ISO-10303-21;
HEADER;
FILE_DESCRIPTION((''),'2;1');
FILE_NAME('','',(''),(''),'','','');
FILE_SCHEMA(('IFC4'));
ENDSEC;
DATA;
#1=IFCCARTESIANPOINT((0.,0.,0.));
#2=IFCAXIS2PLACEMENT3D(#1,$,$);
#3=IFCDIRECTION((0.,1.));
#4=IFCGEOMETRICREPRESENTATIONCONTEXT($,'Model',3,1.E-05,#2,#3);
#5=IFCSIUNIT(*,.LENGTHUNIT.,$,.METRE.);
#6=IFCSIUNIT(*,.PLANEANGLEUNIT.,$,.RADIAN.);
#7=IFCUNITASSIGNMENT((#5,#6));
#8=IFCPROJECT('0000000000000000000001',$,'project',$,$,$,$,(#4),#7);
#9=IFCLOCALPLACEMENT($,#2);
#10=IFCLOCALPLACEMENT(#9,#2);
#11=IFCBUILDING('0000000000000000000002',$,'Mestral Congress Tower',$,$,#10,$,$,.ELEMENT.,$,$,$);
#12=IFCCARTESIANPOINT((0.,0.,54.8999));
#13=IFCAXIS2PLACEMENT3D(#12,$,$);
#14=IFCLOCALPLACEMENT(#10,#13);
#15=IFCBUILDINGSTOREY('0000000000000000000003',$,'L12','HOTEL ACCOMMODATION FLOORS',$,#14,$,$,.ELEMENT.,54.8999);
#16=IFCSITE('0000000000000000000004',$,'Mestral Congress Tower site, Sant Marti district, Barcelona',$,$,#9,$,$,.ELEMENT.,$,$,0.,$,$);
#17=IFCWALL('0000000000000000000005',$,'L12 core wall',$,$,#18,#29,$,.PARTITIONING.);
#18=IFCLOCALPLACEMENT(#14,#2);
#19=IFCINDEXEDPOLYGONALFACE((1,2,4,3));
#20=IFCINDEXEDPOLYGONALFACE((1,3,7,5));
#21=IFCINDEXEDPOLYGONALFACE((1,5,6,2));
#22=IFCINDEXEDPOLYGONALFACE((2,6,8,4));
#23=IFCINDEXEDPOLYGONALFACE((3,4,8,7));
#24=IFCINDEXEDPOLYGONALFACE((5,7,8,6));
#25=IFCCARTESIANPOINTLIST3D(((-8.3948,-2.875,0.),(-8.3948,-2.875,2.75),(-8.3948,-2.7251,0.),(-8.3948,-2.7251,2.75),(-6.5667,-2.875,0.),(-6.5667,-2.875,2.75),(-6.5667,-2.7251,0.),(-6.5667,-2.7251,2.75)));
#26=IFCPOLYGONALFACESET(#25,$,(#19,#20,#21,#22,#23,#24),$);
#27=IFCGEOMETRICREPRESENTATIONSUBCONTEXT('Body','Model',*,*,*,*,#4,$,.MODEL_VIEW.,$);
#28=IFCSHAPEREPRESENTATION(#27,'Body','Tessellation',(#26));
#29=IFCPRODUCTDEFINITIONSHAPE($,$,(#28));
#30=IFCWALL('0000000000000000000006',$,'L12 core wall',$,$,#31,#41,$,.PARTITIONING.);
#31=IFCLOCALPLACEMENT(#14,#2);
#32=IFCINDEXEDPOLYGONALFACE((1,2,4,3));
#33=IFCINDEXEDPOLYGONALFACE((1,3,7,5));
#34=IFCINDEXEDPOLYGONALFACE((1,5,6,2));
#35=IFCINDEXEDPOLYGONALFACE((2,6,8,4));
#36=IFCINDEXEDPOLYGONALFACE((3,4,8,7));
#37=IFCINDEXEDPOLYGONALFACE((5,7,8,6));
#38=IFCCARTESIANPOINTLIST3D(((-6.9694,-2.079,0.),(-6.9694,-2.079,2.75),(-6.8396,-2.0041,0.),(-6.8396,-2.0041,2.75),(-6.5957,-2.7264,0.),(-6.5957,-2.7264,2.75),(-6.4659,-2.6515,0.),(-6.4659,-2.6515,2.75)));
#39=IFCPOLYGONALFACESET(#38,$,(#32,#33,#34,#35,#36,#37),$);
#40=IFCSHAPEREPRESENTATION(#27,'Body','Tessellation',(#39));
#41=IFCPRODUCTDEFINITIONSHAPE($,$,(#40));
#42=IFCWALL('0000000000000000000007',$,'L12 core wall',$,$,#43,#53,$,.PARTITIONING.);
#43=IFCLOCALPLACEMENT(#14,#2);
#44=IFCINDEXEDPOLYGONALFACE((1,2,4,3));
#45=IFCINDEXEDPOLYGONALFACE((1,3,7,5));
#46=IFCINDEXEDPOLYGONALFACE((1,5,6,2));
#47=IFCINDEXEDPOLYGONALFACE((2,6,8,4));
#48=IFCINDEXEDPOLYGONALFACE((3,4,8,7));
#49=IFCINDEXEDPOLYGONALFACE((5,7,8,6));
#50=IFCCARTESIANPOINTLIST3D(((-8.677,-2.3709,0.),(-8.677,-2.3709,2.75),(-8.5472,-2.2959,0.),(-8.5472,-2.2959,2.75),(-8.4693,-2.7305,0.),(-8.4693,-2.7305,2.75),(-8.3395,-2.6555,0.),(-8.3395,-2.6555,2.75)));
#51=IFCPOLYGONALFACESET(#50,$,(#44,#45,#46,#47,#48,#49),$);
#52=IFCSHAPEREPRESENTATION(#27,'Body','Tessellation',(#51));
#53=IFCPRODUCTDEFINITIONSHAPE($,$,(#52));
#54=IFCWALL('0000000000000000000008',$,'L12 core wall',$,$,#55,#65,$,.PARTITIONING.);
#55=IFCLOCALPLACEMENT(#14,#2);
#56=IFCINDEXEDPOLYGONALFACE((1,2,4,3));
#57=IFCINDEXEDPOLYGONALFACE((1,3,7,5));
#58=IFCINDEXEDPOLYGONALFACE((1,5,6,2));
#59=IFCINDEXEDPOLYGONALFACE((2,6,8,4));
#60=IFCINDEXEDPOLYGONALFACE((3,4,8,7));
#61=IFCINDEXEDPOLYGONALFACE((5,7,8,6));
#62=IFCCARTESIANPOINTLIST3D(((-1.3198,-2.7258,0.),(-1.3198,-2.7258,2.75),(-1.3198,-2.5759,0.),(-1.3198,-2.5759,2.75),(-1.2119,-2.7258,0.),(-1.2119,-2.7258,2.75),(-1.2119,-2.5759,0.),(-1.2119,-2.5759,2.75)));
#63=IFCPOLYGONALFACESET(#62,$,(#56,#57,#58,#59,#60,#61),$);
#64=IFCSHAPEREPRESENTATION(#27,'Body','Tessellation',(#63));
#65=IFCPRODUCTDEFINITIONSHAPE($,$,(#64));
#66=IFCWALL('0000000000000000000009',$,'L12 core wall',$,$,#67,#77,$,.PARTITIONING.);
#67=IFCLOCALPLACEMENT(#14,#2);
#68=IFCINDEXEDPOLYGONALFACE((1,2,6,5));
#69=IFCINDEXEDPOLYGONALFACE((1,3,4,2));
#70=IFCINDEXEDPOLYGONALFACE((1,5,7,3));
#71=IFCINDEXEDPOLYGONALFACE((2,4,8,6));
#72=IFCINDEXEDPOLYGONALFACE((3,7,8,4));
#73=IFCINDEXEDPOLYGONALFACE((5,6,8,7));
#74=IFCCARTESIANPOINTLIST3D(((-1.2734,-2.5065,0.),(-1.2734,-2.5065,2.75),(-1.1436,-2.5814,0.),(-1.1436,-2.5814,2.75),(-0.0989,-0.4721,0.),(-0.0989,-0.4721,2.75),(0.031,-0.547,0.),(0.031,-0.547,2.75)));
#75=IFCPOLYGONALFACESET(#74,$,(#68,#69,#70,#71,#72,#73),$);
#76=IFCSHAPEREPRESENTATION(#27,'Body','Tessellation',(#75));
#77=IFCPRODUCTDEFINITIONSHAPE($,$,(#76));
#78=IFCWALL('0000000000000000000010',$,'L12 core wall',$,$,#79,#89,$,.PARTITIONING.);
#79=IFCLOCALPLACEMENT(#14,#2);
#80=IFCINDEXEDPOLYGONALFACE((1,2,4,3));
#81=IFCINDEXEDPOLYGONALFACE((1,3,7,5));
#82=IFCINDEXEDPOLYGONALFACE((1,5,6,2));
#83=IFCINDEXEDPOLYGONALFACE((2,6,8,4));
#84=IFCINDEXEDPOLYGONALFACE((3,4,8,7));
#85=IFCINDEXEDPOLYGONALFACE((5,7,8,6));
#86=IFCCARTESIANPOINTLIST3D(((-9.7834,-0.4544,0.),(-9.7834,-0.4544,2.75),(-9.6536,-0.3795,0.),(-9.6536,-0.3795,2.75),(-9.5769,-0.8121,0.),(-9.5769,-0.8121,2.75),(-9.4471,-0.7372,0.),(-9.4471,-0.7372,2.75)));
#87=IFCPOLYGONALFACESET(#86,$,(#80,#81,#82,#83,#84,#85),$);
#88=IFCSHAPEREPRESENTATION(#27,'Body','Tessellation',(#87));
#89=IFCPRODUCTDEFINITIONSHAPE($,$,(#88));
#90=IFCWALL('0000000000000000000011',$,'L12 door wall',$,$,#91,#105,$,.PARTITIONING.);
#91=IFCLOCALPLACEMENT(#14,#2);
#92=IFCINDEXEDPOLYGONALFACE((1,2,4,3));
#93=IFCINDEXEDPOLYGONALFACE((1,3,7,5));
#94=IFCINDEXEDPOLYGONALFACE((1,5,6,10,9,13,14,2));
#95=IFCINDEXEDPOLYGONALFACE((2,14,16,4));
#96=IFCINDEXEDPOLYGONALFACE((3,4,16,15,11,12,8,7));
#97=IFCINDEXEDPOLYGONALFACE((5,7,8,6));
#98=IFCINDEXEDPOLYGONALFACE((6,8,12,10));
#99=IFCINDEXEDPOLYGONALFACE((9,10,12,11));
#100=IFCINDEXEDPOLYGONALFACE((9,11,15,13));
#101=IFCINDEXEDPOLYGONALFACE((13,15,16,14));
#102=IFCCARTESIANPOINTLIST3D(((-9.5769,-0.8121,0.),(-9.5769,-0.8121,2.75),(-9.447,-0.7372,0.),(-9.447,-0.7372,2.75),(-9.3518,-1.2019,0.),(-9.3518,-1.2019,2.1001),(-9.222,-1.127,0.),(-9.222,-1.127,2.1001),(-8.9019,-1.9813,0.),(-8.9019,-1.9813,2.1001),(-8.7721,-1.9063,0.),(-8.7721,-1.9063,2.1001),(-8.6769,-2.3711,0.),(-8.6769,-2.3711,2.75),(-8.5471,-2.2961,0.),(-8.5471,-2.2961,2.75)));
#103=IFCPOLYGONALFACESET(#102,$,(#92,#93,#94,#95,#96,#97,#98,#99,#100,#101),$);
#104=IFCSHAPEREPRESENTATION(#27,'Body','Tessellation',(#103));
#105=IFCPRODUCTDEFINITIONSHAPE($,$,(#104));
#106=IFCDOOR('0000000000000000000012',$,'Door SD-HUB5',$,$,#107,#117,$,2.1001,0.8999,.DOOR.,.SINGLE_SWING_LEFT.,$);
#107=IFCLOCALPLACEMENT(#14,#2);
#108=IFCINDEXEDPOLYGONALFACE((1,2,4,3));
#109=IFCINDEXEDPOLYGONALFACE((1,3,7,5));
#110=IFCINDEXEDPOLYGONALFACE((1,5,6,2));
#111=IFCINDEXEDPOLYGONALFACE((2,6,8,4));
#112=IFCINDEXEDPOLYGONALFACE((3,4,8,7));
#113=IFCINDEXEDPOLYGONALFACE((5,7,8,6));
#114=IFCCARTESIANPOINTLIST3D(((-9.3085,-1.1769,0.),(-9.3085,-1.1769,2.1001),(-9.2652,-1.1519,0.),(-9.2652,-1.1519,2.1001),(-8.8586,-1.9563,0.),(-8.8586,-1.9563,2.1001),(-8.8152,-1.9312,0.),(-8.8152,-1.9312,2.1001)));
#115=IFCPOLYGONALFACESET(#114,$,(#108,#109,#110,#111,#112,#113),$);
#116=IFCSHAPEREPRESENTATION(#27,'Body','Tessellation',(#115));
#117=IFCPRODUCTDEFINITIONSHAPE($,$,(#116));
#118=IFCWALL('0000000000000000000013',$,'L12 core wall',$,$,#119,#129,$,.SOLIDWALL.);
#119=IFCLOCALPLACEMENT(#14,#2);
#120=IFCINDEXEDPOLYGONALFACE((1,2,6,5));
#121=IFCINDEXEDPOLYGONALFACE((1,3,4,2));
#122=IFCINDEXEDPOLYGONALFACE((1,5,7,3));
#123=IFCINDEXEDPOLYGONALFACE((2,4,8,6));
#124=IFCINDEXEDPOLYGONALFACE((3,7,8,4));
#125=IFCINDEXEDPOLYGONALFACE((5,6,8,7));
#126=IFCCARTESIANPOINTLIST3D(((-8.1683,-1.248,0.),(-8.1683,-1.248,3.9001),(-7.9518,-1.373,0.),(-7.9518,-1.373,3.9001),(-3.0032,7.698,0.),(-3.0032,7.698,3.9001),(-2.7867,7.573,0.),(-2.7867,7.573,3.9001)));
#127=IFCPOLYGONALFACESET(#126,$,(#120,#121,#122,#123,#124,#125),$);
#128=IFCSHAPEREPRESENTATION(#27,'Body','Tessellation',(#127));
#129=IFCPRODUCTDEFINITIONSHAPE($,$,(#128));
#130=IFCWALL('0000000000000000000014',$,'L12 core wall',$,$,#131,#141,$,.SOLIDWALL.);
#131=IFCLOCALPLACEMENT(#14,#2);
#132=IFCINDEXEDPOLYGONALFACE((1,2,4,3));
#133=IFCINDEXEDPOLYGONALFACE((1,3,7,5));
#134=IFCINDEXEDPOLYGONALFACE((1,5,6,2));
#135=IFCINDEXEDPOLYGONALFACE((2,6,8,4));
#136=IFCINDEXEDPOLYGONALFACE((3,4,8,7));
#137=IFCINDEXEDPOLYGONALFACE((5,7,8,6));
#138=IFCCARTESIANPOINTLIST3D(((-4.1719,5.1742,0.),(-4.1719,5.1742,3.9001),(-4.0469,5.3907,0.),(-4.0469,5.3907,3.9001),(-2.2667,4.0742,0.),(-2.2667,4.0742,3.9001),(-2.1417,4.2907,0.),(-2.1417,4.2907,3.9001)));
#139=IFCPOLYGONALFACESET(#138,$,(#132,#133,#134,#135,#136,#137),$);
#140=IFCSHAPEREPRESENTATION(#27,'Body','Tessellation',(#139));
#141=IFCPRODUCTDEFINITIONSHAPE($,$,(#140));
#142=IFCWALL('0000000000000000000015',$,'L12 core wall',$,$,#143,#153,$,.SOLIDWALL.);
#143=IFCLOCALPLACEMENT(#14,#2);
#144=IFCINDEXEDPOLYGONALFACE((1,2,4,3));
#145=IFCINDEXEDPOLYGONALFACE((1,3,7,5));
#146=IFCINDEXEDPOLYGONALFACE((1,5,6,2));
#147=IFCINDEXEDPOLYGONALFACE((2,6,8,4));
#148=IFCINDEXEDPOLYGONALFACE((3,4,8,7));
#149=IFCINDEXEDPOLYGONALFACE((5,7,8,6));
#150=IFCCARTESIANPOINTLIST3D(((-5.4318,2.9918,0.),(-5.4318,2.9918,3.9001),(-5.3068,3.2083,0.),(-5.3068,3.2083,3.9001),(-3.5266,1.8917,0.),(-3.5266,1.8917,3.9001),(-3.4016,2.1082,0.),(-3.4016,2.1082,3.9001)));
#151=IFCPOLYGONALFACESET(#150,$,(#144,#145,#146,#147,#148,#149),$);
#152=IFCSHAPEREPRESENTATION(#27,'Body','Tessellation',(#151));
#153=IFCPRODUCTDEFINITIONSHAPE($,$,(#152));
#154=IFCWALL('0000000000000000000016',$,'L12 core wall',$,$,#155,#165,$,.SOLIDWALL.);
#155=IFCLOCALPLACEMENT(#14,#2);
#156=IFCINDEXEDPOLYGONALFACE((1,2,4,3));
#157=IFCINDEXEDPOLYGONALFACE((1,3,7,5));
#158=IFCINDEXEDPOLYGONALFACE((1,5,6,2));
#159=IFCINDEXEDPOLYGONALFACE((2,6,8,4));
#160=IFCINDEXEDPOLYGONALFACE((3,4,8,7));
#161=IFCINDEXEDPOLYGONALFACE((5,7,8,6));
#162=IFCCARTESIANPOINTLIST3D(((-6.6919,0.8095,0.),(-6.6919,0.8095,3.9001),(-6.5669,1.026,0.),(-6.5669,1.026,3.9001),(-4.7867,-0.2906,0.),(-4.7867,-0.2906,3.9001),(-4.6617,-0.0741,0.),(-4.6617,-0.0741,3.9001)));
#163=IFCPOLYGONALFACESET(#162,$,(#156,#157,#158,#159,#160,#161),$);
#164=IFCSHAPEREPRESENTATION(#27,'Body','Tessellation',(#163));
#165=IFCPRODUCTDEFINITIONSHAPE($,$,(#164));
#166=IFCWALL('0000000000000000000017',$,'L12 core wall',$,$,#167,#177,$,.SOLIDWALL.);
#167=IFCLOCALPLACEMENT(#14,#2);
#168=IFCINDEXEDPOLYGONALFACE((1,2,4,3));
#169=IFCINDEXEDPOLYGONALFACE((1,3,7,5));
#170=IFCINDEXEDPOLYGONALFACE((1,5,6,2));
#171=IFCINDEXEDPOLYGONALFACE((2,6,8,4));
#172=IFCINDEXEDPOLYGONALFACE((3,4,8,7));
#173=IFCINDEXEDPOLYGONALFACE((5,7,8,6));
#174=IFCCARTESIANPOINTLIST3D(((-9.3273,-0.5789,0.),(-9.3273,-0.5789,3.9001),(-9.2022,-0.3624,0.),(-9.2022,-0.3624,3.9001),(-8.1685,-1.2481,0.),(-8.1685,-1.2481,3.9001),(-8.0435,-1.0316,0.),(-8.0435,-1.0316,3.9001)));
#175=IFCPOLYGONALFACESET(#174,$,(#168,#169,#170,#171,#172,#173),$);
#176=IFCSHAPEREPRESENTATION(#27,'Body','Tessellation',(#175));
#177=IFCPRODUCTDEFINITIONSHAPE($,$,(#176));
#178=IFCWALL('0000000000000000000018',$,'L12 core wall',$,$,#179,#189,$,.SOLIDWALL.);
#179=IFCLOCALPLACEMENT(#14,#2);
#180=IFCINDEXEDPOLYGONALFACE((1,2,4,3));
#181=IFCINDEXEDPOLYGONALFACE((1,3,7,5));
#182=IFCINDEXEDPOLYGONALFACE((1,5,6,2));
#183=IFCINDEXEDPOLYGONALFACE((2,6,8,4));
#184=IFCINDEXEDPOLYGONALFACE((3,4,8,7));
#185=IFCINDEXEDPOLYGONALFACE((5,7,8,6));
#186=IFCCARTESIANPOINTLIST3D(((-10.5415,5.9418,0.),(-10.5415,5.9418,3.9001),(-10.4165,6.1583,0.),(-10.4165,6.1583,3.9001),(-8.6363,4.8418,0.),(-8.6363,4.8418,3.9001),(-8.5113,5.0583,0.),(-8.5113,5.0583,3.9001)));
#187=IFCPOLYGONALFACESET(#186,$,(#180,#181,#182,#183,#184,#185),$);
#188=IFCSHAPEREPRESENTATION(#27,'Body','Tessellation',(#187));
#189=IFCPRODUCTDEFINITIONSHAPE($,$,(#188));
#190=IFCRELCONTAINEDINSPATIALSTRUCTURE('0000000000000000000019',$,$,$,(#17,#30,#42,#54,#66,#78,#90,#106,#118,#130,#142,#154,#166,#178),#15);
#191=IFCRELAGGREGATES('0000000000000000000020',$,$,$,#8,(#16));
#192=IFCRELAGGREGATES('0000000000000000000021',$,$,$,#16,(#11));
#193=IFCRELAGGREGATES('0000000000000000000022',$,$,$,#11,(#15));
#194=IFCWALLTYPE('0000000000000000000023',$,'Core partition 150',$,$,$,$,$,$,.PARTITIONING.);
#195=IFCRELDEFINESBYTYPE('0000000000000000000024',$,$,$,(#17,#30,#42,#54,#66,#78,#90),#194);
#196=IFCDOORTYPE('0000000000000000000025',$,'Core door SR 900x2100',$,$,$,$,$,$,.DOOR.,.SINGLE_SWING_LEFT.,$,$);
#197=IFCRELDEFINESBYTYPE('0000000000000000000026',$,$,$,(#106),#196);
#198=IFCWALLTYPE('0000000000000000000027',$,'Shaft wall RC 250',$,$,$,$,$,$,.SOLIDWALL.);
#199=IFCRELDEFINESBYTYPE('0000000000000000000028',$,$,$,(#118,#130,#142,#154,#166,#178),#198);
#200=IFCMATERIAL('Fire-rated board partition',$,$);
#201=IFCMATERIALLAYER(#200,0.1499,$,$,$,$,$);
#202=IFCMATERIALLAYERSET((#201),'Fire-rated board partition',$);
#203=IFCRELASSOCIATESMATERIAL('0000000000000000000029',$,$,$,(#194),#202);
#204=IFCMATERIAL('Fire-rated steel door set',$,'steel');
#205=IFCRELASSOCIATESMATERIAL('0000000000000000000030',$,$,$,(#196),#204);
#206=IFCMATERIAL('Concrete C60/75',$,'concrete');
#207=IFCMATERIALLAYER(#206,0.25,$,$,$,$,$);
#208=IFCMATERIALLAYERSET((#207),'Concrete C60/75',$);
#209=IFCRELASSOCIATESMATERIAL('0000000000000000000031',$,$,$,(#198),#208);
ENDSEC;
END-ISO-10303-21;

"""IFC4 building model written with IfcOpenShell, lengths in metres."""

from ifc_helpers import new_model, si_unit, direction, frame, frame_2d, origin, place, context, subcontext, project, spatial, rectangle, extrude, material, layer, layer_set, type_object, element, fill, save


model = new_model("IFC4")

# Units and contexts
model_context = context("Model", 3, precision=1e-05, world=origin(), true_north=direction((0.0, 1.0)))
body_context = subcontext(model_context, "Body", "Model", "MODEL_VIEW")
ifc_project = project(units=[si_unit("LENGTHUNIT", "METRE"), si_unit("PLANEANGLEUNIT", "RADIAN")], contexts=[model_context])

# Site, building, storey
site_placement = place(None, origin())
site = spatial("IfcSite", under=ifc_project, at=site_placement, Name="Mestral Congress Tower site, Sant Marti district, Barcelona", CompositionType="ELEMENT", RefElevation=0.0)
building_placement = place(site_placement, origin())
building = spatial("IfcBuilding", under=site, at=building_placement, Name="Mestral Congress Tower", CompositionType="ELEMENT")
storey_placement = place(building_placement, frame((0.0, 0.0, 54.8999)))
storey = spatial("IfcBuildingStorey", under=building, at=storey_placement, Name="L12", Description="HOTEL ACCOMMODATION FLOORS", CompositionType="ELEMENT", Elevation=54.8999)

# Walls
ifc_material_1 = material(Name="Fire-rated board partition")
ifc_layer_1 = layer(ifc_material_1, 0.1499)
ifc_layer_set_1 = layer_set([ifc_layer_1], Name="Fire-rated board partition")
wall_type_1 = type_object("IfcWallType", Name="Core partition 150", PredefinedType="PARTITIONING", material=ifc_layer_set_1)
wall_1_placement = place(storey_placement, frame((-8.3948, -2.8, 0.0), z_axis=(0.0, 0.0, 1.0), x_axis=(1.0, 0.0, 0.0)))
element("IfcWall", 1, at=wall_1_placement, inside=storey, type_object=wall_type_1, Name="L12 core wall", PredefinedType="PARTITIONING", context=body_context, shape_type="SweptSolid", body=[
    extrude(rectangle(XDim=1.8281, YDim=0.1499, at=frame_2d((0.9141, 0.0))), origin(), (0.0, 0.0, 1.0), 2.75),
])
wall_2_placement = place(storey_placement, frame((-6.5308, -2.689, 0.0), z_axis=(0.0, 0.0, 1.0), x_axis=(-0.499967, 0.866044, 0.0)))
element("IfcWall", 2, at=wall_2_placement, inside=storey, type_object=wall_type_1, Name="L12 core wall", PredefinedType="PARTITIONING", context=body_context, shape_type="SweptSolid", body=[
    extrude(rectangle(XDim=0.7476, YDim=0.1499, at=frame_2d((0.3738, 0.0))), origin(), (0.0, 0.0, 1.0), 2.75),
])
wall_3_placement = place(storey_placement, frame((-8.6121, -2.3335, 0.0), z_axis=(0.0, 0.0, 1.0), x_axis=(0.500248, -0.865882, 0.0)))
element("IfcWall", 3, at=wall_3_placement, inside=storey, type_object=wall_type_1, Name="L12 core wall", PredefinedType="PARTITIONING", context=body_context, shape_type="SweptSolid", body=[
    extrude(rectangle(XDim=0.4153, YDim=0.1499, at=frame_2d((0.2075, 0.0))), origin(), (0.0, 0.0, 1.0), 2.75),
])
wall_4_placement = place(storey_placement, frame((-1.2119, -2.6509, 0.0), z_axis=(0.0, 0.0, 1.0), x_axis=(-1.0, 0.0, 0.0)))
element("IfcWall", 4, at=wall_4_placement, inside=storey, type_object=wall_type_1, Name="L12 core wall", PredefinedType="PARTITIONING", context=body_context, shape_type="SweptSolid", body=[
    extrude(rectangle(XDim=0.1079, YDim=0.1499, at=frame_2d((0.054, 0.0))), origin(), (0.0, 0.0, 1.0), 2.75),
])
wall_5_placement = place(storey_placement, frame((-1.2085, -2.5439, 0.0), z_axis=(0.0, 0.0, 1.0), x_axis=(0.499995, 0.866028, 0.0)))
element("IfcWall", 5, at=wall_5_placement, inside=storey, type_object=wall_type_1, Name="L12 core wall", PredefinedType="PARTITIONING", context=body_context, shape_type="SweptSolid", body=[
    extrude(rectangle(XDim=2.3491, YDim=0.1499, at=frame_2d((1.1746, 0.0))), origin(), (0.0, 0.0, 1.0), 2.75),
])
wall_6_placement = place(storey_placement, frame((-9.512, -0.7747, 0.0), z_axis=(0.0, 0.0, 1.0), x_axis=(-0.500081, 0.865979, 0.0)))
element("IfcWall", 6, at=wall_6_placement, inside=storey, type_object=wall_type_1, Name="L12 core wall", PredefinedType="PARTITIONING", context=body_context, shape_type="SweptSolid", body=[
    extrude(rectangle(XDim=0.4131, YDim=0.1499, at=frame_2d((0.2065, 0.0))), origin(), (0.0, 0.0, 1.0), 2.75),
])

# Wall, opening, door
wall_7_placement = place(storey_placement, frame((-8.6121, -2.3335, 0.0), z_axis=(0.0, 0.0, 1.0), x_axis=(-0.499961, 0.866048, 0.0)))
wall_7 = element("IfcWall", 7, at=wall_7_placement, inside=storey, type_object=wall_type_1, Name="L12 door wall", PredefinedType="PARTITIONING", context=body_context, shape_type="SweptSolid", body=[
    extrude(rectangle(XDim=1.8, YDim=0.1499, at=frame_2d((0.8999, 0.0))), origin(), (0.0, 0.0, 1.0), 2.75),
])
opening_placement = place(wall_7_placement, frame((0.45, 0.0, 0.0)))
opening = element("IfcOpeningElement", 8, at=opening_placement, cuts=wall_7, PredefinedType="OPENING", context=body_context, shape_type="SweptSolid", body=[
    extrude(rectangle(XDim=0.8999, YDim=2.1001, at=frame_2d((0.45, 1.05))), frame((0.0, 0.085, 0.0), z_axis=(0.0, -1.0, 0.0), x_axis=(1.0, 0.0, 0.0)), (0.0, 0.0, 1.0), 0.1699),
])
ifc_material_2 = material(Name="Fire-rated steel door set", Category="steel")
door_type = type_object("IfcDoorType", Name="Core door SR 900x2100", OperationType="SINGLE_SWING_LEFT", PredefinedType="DOOR", material=ifc_material_2)
door_placement = place(opening_placement, origin())
door = element("IfcDoor", 9, at=door_placement, inside=storey, type_object=door_type, Name="Door SD-HUB5", OperationType="SINGLE_SWING_LEFT", OverallHeight=2.1001, OverallWidth=0.8999, PredefinedType="DOOR", context=body_context, shape_type="SweptSolid", body=[
    extrude(rectangle(XDim=0.8999, YDim=2.1001, at=frame_2d((0.45, 1.05))), frame((0.0, 0.0249, 0.0), z_axis=(0.0, -1.0, 0.0), x_axis=(1.0, 0.0, 0.0)), (0.0, 0.0, 1.0), 0.05),
])
fill(opening, door)

# Walls
ifc_material_3 = material(Name="Concrete C60/75", Category="concrete")
ifc_layer_2 = layer(ifc_material_3, 0.25)
ifc_layer_set_2 = layer_set([ifc_layer_2], Name="Concrete C60/75")
wall_type_2 = type_object("IfcWallType", Name="Shaft wall RC 250", PredefinedType="SOLIDWALL", material=ifc_layer_set_2)
wall_8_placement = place(storey_placement, frame((-8.0601, -1.3105, 0.0), z_axis=(0.0, 0.0, 1.0), x_axis=(0.500003, 0.866024, 0.0)))
element("IfcWall", 10, at=wall_8_placement, inside=storey, type_object=wall_type_2, Name="L12 core wall", PredefinedType="SOLIDWALL", context=body_context, shape_type="SweptSolid", body=[
    extrude(rectangle(XDim=10.3301, YDim=0.25, at=frame_2d((5.165, 0.0))), origin(), (0.0, 0.0, 1.0), 3.9001),
])
for number, where, z_axis, x_axis, name in (
    (11, (-2.2041, 4.1824, 0.0), (0.0, 0.0, 1.0), (-0.866008, 0.50003, 0.0), "L12 core wall"),
    (12, (-5.3694, 3.1001, 0.0), (0.0, 0.0, 1.0), (0.866008, -0.50003, 0.0), "L12 core wall"),
    (13, (-4.7241, -0.1824, 0.0), (0.0, 0.0, 1.0), (-0.866008, 0.50003, 0.0), "L12 core wall"),
):
    element("IfcWall", number, at=place(storey_placement, frame(where, z_axis=z_axis, x_axis=x_axis)), inside=storey, type_object=wall_type_2, Name=name, PredefinedType="SOLIDWALL", context=body_context, shape_type="SweptSolid", body=[
        extrude(rectangle(XDim=2.2, YDim=0.25, at=frame_2d((1.1001, 0.0))), origin(), (0.0, 0.0, 1.0), 3.9001),
    ])
wall_9_placement = place(storey_placement, frame((-9.2646, -0.4707, 0.0), z_axis=(0.0, 0.0, 1.0), x_axis=(0.865955, -0.500123, 0.0)))
element("IfcWall", 14, at=wall_9_placement, inside=storey, type_object=wall_type_2, Name="L12 core wall", PredefinedType="SOLIDWALL", context=body_context, shape_type="SweptSolid", body=[
    extrude(rectangle(XDim=1.3381, YDim=0.25, at=frame_2d((0.6689, 0.0))), origin(), (0.0, 0.0, 1.0), 3.9001),
])
wall_10_placement = place(storey_placement, frame((-8.5737, 4.95, 0.0), z_axis=(0.0, 0.0, 1.0), x_axis=(-0.866008, 0.50003, 0.0)))
element("IfcWall", 15, at=wall_10_placement, inside=storey, type_object=wall_type_2, Name="L12 core wall", PredefinedType="SOLIDWALL", context=body_context, shape_type="SweptSolid", body=[
    extrude(rectangle(XDim=2.2, YDim=0.25, at=frame_2d((1.1001, 0.0))), origin(), (0.0, 0.0, 1.0), 3.9001),
])

save(model, "model.ifc")
